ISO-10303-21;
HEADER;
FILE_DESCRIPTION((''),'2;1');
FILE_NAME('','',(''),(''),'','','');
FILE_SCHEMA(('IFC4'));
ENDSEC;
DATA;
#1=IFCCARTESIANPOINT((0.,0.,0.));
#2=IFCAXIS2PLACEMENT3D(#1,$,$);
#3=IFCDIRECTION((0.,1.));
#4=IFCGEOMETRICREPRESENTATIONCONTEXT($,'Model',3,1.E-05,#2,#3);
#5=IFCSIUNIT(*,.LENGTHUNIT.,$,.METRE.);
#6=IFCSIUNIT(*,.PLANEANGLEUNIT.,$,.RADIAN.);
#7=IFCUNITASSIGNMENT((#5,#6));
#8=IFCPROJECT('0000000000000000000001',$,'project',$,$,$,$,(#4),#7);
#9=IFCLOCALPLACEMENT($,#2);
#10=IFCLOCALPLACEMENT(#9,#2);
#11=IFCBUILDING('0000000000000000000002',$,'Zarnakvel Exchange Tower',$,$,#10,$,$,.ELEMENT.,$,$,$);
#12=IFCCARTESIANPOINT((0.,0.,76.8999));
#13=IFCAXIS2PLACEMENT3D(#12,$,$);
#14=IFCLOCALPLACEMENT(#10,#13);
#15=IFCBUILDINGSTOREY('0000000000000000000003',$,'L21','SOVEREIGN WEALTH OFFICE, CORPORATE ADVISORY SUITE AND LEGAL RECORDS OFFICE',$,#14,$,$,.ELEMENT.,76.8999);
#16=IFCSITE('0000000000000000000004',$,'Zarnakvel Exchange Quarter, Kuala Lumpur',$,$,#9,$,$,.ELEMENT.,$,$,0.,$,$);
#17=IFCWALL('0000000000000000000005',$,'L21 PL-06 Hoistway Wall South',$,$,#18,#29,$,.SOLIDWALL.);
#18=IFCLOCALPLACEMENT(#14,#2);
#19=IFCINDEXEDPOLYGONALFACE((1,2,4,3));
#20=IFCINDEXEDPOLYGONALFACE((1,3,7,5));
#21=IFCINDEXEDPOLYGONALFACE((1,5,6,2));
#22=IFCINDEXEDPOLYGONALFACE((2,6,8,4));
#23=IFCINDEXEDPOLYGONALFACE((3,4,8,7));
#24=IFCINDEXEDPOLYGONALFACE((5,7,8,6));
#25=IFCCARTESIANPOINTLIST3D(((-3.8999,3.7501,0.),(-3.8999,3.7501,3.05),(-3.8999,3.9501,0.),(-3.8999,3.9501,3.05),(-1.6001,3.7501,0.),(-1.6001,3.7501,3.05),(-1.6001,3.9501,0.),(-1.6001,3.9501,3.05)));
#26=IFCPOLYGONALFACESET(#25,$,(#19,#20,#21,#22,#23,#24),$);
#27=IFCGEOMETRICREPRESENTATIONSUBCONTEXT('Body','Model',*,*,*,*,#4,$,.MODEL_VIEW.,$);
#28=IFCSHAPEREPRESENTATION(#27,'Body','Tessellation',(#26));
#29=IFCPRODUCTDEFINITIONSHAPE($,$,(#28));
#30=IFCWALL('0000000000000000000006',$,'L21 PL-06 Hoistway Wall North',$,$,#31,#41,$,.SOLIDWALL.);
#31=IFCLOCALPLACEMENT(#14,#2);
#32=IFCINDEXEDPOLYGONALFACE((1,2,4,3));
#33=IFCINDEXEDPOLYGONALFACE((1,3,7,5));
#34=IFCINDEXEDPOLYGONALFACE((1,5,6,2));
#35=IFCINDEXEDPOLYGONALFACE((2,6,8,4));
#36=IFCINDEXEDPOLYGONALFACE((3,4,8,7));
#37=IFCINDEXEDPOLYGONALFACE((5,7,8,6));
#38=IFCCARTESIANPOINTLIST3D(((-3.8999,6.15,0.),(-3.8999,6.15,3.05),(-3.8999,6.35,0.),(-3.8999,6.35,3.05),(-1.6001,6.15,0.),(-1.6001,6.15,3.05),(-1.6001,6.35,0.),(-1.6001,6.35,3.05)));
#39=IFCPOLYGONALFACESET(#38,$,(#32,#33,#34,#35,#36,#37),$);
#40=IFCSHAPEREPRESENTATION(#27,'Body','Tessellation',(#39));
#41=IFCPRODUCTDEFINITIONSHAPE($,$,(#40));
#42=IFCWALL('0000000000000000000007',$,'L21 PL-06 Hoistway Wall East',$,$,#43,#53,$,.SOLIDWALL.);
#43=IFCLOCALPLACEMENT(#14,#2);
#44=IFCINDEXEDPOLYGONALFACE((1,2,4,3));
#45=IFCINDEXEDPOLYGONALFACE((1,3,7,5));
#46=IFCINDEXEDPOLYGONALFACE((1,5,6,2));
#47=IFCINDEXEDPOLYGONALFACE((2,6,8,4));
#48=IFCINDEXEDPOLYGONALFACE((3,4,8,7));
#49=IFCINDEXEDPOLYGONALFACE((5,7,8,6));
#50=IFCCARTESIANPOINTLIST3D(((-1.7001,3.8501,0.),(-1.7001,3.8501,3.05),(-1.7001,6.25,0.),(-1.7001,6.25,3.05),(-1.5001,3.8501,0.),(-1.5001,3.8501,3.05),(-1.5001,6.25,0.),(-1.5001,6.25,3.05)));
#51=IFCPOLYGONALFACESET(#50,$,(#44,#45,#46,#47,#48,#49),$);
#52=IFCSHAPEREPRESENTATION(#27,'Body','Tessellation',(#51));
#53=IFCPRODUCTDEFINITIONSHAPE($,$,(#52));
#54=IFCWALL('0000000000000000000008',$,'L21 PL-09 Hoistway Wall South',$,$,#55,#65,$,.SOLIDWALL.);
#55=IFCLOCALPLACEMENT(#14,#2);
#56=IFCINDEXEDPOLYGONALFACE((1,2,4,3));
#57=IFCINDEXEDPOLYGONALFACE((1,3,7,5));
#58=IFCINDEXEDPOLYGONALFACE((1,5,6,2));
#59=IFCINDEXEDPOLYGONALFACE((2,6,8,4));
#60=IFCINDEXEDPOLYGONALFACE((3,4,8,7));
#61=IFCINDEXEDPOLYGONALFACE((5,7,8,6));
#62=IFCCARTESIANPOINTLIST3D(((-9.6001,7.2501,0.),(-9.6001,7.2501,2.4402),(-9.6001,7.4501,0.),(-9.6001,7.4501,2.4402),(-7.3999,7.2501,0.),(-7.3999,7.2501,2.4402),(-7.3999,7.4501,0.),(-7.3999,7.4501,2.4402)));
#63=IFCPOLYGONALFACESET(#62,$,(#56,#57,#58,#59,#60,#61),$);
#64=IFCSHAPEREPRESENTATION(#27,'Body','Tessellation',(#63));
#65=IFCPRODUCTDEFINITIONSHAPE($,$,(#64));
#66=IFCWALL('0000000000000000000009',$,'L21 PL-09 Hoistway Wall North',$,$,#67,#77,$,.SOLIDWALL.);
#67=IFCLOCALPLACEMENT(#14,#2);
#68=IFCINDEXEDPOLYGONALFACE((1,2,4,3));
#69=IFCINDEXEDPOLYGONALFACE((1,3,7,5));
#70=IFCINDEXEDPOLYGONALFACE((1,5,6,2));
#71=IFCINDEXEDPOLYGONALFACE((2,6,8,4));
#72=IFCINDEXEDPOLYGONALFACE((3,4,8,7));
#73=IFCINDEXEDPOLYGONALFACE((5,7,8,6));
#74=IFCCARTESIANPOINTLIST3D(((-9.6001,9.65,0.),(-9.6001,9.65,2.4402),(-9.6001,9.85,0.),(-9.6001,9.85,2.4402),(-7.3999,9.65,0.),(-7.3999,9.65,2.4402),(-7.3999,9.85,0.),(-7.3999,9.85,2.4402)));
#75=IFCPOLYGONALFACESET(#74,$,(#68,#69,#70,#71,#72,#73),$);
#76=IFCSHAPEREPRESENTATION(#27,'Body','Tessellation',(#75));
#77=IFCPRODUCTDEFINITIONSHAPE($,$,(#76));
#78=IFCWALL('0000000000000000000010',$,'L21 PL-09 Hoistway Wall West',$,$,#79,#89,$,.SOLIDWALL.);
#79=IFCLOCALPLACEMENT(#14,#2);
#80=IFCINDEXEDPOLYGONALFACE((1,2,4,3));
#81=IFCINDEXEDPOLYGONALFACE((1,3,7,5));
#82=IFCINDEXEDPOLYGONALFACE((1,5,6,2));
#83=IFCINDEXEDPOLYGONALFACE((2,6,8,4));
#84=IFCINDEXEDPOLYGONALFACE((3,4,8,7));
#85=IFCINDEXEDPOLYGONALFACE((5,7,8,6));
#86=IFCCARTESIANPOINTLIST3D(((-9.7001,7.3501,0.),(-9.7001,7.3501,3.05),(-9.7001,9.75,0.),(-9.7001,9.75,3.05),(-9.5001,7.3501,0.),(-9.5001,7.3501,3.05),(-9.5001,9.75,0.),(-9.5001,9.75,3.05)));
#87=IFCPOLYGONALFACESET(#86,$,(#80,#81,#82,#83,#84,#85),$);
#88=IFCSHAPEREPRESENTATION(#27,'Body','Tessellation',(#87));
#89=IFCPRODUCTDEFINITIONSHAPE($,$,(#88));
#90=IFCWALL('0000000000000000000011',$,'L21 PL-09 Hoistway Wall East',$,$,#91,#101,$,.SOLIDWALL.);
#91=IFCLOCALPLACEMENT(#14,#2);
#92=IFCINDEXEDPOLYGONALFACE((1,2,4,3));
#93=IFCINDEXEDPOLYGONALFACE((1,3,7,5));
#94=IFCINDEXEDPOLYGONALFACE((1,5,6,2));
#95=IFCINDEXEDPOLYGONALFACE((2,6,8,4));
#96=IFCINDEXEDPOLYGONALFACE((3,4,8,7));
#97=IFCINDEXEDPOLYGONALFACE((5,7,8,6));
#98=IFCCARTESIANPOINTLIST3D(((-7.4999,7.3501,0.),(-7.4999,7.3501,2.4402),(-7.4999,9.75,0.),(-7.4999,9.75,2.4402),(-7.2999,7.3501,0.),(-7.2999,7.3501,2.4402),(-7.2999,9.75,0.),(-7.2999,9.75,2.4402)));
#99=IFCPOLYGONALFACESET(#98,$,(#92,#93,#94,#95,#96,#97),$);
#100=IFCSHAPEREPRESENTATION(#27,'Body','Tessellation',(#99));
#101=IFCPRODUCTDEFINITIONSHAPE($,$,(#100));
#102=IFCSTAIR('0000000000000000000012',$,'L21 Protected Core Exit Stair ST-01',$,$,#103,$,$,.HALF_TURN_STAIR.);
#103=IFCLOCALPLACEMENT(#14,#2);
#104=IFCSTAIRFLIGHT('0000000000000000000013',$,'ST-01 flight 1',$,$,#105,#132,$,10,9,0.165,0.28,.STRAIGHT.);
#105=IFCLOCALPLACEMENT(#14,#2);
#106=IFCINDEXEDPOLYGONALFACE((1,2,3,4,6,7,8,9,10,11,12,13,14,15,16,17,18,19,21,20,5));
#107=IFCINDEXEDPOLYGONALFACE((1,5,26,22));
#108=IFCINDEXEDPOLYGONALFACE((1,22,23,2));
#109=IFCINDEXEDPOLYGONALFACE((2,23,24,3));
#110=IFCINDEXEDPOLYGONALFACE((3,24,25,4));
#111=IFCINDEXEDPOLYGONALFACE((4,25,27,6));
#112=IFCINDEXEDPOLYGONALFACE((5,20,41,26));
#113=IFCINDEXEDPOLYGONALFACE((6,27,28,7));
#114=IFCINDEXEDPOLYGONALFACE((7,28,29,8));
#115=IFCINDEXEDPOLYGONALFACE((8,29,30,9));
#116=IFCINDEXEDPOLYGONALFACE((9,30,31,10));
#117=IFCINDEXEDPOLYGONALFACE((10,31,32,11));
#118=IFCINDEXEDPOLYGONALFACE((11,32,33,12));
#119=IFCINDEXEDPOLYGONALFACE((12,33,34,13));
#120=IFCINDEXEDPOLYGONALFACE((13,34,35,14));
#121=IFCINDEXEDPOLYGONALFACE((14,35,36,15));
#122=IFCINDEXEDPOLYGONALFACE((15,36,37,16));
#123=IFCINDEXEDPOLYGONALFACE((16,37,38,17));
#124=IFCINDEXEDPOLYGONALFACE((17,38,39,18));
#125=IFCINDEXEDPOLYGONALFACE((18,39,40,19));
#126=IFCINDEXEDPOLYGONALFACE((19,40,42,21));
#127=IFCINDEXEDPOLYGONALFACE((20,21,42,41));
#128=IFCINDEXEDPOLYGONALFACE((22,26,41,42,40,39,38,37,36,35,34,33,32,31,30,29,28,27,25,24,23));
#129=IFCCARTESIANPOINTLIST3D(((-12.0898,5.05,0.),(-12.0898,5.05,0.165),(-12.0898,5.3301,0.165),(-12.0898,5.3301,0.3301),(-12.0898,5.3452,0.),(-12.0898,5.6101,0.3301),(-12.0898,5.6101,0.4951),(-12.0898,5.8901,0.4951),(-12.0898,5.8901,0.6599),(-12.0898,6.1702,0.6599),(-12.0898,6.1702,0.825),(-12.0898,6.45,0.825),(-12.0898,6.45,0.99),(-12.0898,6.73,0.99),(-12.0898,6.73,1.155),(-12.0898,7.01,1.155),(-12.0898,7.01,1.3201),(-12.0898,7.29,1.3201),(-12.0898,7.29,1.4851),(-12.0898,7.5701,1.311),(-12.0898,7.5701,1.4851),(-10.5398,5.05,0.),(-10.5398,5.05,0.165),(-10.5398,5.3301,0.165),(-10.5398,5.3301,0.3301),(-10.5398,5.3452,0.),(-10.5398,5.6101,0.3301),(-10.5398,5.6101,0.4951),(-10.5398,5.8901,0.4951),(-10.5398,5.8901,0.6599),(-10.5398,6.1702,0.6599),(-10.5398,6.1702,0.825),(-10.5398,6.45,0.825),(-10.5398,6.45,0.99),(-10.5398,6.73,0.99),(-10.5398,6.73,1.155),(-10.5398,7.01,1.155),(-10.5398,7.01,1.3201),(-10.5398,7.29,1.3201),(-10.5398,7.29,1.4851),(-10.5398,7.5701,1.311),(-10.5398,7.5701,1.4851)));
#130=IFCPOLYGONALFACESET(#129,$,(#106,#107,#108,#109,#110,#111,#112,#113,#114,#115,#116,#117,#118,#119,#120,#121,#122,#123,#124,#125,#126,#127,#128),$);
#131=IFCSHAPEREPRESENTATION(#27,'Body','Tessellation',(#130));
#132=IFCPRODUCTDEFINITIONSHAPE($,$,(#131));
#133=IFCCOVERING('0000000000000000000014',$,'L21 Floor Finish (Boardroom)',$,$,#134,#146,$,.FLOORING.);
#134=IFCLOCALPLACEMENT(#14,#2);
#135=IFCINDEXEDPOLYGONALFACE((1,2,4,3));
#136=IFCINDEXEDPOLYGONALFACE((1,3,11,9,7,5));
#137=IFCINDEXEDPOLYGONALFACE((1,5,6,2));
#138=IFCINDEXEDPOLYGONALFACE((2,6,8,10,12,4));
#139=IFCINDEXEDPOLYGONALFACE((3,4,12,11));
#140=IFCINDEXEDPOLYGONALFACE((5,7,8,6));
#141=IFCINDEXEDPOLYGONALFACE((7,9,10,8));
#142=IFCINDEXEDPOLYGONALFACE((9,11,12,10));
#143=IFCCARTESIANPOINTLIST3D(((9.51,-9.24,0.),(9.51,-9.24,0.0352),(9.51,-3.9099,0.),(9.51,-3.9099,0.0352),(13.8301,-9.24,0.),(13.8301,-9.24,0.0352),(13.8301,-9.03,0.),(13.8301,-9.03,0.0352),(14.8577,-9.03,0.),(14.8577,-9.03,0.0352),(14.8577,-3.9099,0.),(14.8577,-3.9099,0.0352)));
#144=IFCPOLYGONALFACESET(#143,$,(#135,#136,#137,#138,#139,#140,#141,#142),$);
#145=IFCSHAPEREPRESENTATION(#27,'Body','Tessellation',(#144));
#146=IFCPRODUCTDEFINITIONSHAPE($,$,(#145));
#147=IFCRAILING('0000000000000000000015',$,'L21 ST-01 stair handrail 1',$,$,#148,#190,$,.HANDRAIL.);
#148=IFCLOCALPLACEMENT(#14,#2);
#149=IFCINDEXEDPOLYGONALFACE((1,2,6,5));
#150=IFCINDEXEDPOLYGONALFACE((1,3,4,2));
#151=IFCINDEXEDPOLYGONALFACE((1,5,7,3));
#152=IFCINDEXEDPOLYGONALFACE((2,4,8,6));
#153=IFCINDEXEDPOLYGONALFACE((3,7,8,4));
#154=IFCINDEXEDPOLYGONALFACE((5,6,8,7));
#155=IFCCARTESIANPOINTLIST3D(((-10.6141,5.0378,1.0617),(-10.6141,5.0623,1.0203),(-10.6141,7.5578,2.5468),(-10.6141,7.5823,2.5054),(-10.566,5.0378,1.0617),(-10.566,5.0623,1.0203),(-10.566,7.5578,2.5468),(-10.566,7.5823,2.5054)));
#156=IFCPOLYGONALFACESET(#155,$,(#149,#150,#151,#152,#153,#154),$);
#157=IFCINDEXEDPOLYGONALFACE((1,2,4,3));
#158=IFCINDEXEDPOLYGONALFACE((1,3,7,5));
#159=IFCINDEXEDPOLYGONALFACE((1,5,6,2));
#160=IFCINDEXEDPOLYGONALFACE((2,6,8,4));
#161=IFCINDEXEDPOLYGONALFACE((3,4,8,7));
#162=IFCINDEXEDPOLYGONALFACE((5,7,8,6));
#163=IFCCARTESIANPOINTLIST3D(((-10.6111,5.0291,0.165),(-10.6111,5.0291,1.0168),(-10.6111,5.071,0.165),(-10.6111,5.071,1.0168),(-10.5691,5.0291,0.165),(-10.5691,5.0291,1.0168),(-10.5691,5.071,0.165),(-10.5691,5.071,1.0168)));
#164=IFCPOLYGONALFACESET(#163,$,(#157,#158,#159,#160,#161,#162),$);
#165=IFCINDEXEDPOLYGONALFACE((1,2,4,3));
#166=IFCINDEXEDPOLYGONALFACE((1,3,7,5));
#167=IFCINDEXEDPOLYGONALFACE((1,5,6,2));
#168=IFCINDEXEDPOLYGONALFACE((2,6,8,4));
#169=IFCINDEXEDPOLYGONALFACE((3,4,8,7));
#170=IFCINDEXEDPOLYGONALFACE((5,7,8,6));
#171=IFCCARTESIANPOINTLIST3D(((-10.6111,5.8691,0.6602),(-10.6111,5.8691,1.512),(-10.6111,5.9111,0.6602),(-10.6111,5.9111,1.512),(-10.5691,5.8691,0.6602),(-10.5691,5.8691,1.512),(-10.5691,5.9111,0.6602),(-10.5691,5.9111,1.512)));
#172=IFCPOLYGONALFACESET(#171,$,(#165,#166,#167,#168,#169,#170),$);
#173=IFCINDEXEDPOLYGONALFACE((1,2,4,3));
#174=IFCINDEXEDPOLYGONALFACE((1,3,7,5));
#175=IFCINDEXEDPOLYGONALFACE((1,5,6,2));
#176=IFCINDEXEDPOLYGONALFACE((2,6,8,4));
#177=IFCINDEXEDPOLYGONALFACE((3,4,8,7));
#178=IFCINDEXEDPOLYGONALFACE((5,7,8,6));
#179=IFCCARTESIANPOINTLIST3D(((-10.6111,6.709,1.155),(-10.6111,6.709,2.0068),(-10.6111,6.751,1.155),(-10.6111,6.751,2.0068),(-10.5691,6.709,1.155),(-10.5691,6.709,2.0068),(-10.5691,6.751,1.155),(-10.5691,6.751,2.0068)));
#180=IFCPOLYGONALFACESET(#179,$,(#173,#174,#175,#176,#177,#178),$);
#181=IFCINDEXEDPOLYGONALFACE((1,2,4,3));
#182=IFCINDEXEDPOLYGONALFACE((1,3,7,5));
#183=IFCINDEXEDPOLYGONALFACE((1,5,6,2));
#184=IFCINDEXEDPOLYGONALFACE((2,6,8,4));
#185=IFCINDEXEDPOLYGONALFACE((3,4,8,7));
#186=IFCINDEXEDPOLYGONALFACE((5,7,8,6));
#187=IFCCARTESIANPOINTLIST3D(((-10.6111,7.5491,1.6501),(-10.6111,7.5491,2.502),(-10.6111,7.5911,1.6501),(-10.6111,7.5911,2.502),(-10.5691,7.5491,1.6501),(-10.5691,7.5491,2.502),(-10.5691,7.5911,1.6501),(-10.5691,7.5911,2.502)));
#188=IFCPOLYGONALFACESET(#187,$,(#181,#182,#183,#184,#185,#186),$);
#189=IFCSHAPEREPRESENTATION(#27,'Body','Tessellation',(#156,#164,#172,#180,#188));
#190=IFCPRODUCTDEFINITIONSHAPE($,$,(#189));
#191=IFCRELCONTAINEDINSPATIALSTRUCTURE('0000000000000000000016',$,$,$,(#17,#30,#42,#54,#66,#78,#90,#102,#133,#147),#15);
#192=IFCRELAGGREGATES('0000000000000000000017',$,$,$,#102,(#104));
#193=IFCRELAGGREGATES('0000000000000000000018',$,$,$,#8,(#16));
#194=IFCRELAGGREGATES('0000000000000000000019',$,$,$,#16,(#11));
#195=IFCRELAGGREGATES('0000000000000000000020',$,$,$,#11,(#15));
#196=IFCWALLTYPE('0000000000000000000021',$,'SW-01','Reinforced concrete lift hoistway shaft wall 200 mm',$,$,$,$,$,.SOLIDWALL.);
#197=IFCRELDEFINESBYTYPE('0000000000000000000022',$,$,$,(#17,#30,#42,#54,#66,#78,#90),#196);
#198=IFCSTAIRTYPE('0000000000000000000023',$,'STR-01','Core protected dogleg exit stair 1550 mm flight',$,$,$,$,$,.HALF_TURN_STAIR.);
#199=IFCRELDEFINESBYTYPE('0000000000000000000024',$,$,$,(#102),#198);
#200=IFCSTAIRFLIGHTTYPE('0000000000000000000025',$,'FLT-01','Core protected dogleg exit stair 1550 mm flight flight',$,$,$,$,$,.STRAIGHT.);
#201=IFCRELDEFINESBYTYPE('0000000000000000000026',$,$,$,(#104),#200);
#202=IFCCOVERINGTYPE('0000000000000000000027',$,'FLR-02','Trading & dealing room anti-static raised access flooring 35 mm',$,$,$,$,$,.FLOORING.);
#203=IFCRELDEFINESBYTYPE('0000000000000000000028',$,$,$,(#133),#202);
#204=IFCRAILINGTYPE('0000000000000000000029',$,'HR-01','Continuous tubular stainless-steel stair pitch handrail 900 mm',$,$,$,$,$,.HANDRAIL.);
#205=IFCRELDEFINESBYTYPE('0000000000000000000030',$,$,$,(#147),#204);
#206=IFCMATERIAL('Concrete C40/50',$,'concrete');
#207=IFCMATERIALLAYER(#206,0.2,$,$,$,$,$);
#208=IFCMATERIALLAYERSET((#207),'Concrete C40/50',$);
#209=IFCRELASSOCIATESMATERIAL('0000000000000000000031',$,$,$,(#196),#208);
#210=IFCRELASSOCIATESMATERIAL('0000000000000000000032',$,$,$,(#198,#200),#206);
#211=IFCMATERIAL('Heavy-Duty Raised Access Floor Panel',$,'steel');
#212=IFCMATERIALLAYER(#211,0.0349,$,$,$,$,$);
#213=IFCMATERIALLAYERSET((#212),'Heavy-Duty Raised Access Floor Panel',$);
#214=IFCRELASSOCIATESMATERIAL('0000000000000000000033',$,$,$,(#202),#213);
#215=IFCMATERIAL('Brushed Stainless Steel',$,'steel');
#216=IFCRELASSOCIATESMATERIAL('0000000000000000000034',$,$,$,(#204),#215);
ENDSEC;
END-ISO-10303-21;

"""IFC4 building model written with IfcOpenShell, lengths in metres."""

from ifc_helpers import new_model, si_unit, direction, frame, frame_2d, origin, origin_2d, place, context, subcontext, project, spatial, polyline, rectangle, outline, extrude, material, layer, layer_set, type_object, element, aggregate, save


model = new_model("IFC4")

# Units and contexts
model_context = context("Model", 3, precision=1e-05, world=origin(), true_north=direction((0.0, 1.0)))
body_context = subcontext(model_context, "Body", "Model", "MODEL_VIEW")
ifc_project = project(units=[si_unit("LENGTHUNIT", "METRE"), si_unit("PLANEANGLEUNIT", "RADIAN")], contexts=[model_context])

# Site, building, storey
site_placement = place(None, origin())
site = spatial("IfcSite", under=ifc_project, at=site_placement, Name="Zarnakvel Exchange Quarter, Kuala Lumpur", CompositionType="ELEMENT", RefElevation=0.0)
building_placement = place(site_placement, origin())
building = spatial("IfcBuilding", under=site, at=building_placement, Name="Zarnakvel Exchange Tower", CompositionType="ELEMENT")
storey_placement = place(building_placement, frame((0.0, 0.0, 76.8999)))
storey = spatial("IfcBuildingStorey", under=building, at=storey_placement, Name="L21", Description="SOVEREIGN WEALTH OFFICE, CORPORATE ADVISORY SUITE AND LEGAL RECORDS OFFICE", CompositionType="ELEMENT", Elevation=76.8999)

# Shared definitions
ifc_material_1 = material(Name="Concrete C40/50", Category="concrete")
ifc_layer_1 = layer(ifc_material_1, 0.2)
ifc_layer_set_1 = layer_set([ifc_layer_1], Name="Concrete C40/50")
wall_type_1 = type_object("IfcWallType", Name="SW-01", Description="Reinforced concrete lift hoistway shaft wall 200 mm", PredefinedType="SOLIDWALL", material=ifc_layer_set_1)
ifc_material_2 = material(Name="Brushed Stainless Steel", Category="steel")

# Walls
for number, where, z_axis, x_axis, name in (
    (1, (-1.6001, 3.8501, 0.0), (0.0, 0.0, 1.0), (-1.0, 0.0, 0.0), "L21 PL-06 Hoistway Wall South"),
    (2, (-3.8999, 6.25, 0.0), (0.0, 0.0, 1.0), (1.0, 0.0, 0.0), "L21 PL-06 Hoistway Wall North"),
):
    element("IfcWall", number, at=place(storey_placement, frame(where, z_axis=z_axis, x_axis=x_axis)), inside=storey, type_object=wall_type_1, Name=name, PredefinedType="SOLIDWALL", context=body_context, shape_type="SweptSolid", body=[
        extrude(rectangle(XDim=2.2998, YDim=0.2, at=frame_2d((1.1499, 0.0))), origin(), (0.0, 0.0, 1.0), 3.05),
    ])
wall_1_placement = place(storey_placement, frame((-1.6001, 6.25, 0.0), z_axis=(0.0, 0.0, 1.0), x_axis=(0.0, -1.0, 0.0)))
element("IfcWall", 3, at=wall_1_placement, inside=storey, type_object=wall_type_1, Name="L21 PL-06 Hoistway Wall East", PredefinedType="SOLIDWALL", context=body_context, shape_type="SweptSolid", body=[
    extrude(rectangle(XDim=2.3999, YDim=0.2, at=frame_2d((1.2, 0.0))), origin(), (0.0, 0.0, 1.0), 3.05),
])
for number, where, z_axis, x_axis, name in (
    (4, (-7.3999, 7.3501, 0.0), (0.0, 0.0, 1.0), (-1.0, 0.0, 0.0), "L21 PL-09 Hoistway Wall South"),
    (5, (-9.6001, 9.75, 0.0), (0.0, 0.0, 1.0), (1.0, 0.0, 0.0), "L21 PL-09 Hoistway Wall North"),
):
    element("IfcWall", number, at=place(storey_placement, frame(where, z_axis=z_axis, x_axis=x_axis)), inside=storey, type_object=wall_type_1, Name=name, PredefinedType="SOLIDWALL", context=body_context, shape_type="SweptSolid", body=[
        extrude(rectangle(XDim=2.2002, YDim=0.2, at=frame_2d((1.1001, 0.0))), origin(), (0.0, 0.0, 1.0), 2.4402),
    ])
wall_2_placement = place(storey_placement, frame((-9.6001, 7.3501, 0.0), z_axis=(0.0, 0.0, 1.0), x_axis=(0.0, 1.0, 0.0)))
element("IfcWall", 6, at=wall_2_placement, inside=storey, type_object=wall_type_1, Name="L21 PL-09 Hoistway Wall West", PredefinedType="SOLIDWALL", context=body_context, shape_type="SweptSolid", body=[
    extrude(rectangle(XDim=2.3999, YDim=0.2, at=frame_2d((1.2, 0.0))), origin(), (0.0, 0.0, 1.0), 3.05),
])
wall_3_placement = place(storey_placement, frame((-7.3999, 9.75, 0.0), z_axis=(0.0, 0.0, 1.0), x_axis=(0.0, -1.0, 0.0)))
element("IfcWall", 7, at=wall_3_placement, inside=storey, type_object=wall_type_1, Name="L21 PL-09 Hoistway Wall East", PredefinedType="SOLIDWALL", context=body_context, shape_type="SweptSolid", body=[
    extrude(rectangle(XDim=2.3999, YDim=0.2, at=frame_2d((1.2, 0.0))), origin(), (0.0, 0.0, 1.0), 2.4402),
])

# Stair, stair flight
stair_type = type_object("IfcStairType", Name="STR-01", Description="Core protected dogleg exit stair 1550 mm flight", PredefinedType="HALF_TURN_STAIR", material=ifc_material_1)
stair_placement = place(storey_placement, origin())
stair = element("IfcStair", 8, at=stair_placement, inside=storey, type_object=stair_type, Name="L21 Protected Core Exit Stair ST-01", PredefinedType="HALF_TURN_STAIR")
stair_flight_type = type_object("IfcStairFlightType", Name="FLT-01", Description="Core protected dogleg exit stair 1550 mm flight flight", PredefinedType="STRAIGHT", material=ifc_material_1)
stair_flight_placement = place(storey_placement, frame((-11.3149, 5.05, 0.0), z_axis=(0.0, 0.0, 1.0), x_axis=(0.0, 1.0, 0.0)))
stair_flight = element("IfcStairFlight", 9, at=stair_flight_placement, type_object=stair_flight_type, Name="ST-01 flight 1", NumberOfRisers=10, NumberOfTreads=9, PredefinedType="STRAIGHT", RiserHeight=0.165, TreadLength=0.28, context=body_context, shape_type="SweptSolid", body=[
    extrude(outline(polyline([(0.0, 0.0), (0.0, 0.165), (0.28, 0.165), (0.28, 0.3301), (0.5601, 0.3301), (0.5601, 0.4951), (0.8401, 0.4951), (0.8401, 0.6599), (1.1201, 0.6599), (1.1201, 0.825), (1.3999, 0.825), (1.3999, 0.99), (1.6799, 0.99), (1.6799, 1.155), (1.96, 1.155), (1.96, 1.3201), (2.24, 1.3201), (2.24, 1.4851), (2.52, 1.4851), (2.52, 1.6499), (2.52, 1.311), (0.2952, 0.0), (0.0, 0.0)])), frame((0.0, 0.7749, 0.0), z_axis=(0.0, -1.0, 0.0), x_axis=(1.0, 0.0, 0.0)), (0.0, 0.0, 1.0), 1.55),
])
aggregate(stair, [stair_flight])

# Covering
ifc_material_3 = material(Name="Heavy-Duty Raised Access Floor Panel", Category="steel")
ifc_layer_2 = layer(ifc_material_3, 0.0349)
ifc_layer_set_2 = layer_set([ifc_layer_2], Name="Heavy-Duty Raised Access Floor Panel")
covering_type = type_object("IfcCoveringType", Name="FLR-02", Description="Trading & dealing room anti-static raised access flooring 35 mm", PredefinedType="FLOORING", material=ifc_layer_set_2)
covering_placement = place(storey_placement, origin())
element("IfcCovering", 10, at=covering_placement, inside=storey, type_object=covering_type, Name="L21 Floor Finish (Boardroom)", PredefinedType="FLOORING", context=body_context, shape_type="SweptSolid", body=[
    extrude(outline(polyline([(9.51, -3.9099), (14.8577, -3.9099), (14.8577, -9.03), (13.8301, -9.03), (13.8301, -9.24), (9.51, -9.24), (9.51, -3.9099)])), origin(), (0.0, 0.0, 1.0), 0.0352),
])

# Railing
railing_type_1 = type_object("IfcRailingType", Name="HR-01", Description="Continuous tubular stainless-steel stair pitch handrail 900 mm", PredefinedType="HANDRAIL", material=ifc_material_2)
railing_1_placement = place(storey_placement, frame((-10.5901, 5.05, 0.165)))
element("IfcRailing", 11, at=railing_1_placement, inside=storey, type_object=railing_type_1, Name="L21 ST-01 stair handrail 1", PredefinedType="HANDRAIL", context=body_context, shape_type="SweptSolid", body=[
    extrude(rectangle(XDim=0.0481, YDim=0.0481, at=origin_2d()), frame((0.0, 0.0, 0.876), z_axis=(0.0, 0.861524, 0.507717), x_axis=(-1.0, 0.0, 0.0)), (0.0, 0.0, 1.0), 2.925),
    extrude(rectangle(XDim=0.042, YDim=0.042, at=origin_2d()), origin(), (0.0, 0.0, 1.0), 0.8518),
    extrude(rectangle(XDim=0.042, YDim=0.042, at=origin_2d()), frame((0.0, 0.8401, 0.4951)), (0.0, 0.0, 1.0), 0.8518),
    extrude(rectangle(XDim=0.042, YDim=0.042, at=origin_2d()), frame((0.0, 1.6799, 0.99)), (0.0, 0.0, 1.0), 0.8518),
    extrude(rectangle(XDim=0.042, YDim=0.042, at=origin_2d()), frame((0.0, 2.52, 1.4851)), (0.0, 0.0, 1.0), 0.8518),
])

save(model, "model.ifc")
